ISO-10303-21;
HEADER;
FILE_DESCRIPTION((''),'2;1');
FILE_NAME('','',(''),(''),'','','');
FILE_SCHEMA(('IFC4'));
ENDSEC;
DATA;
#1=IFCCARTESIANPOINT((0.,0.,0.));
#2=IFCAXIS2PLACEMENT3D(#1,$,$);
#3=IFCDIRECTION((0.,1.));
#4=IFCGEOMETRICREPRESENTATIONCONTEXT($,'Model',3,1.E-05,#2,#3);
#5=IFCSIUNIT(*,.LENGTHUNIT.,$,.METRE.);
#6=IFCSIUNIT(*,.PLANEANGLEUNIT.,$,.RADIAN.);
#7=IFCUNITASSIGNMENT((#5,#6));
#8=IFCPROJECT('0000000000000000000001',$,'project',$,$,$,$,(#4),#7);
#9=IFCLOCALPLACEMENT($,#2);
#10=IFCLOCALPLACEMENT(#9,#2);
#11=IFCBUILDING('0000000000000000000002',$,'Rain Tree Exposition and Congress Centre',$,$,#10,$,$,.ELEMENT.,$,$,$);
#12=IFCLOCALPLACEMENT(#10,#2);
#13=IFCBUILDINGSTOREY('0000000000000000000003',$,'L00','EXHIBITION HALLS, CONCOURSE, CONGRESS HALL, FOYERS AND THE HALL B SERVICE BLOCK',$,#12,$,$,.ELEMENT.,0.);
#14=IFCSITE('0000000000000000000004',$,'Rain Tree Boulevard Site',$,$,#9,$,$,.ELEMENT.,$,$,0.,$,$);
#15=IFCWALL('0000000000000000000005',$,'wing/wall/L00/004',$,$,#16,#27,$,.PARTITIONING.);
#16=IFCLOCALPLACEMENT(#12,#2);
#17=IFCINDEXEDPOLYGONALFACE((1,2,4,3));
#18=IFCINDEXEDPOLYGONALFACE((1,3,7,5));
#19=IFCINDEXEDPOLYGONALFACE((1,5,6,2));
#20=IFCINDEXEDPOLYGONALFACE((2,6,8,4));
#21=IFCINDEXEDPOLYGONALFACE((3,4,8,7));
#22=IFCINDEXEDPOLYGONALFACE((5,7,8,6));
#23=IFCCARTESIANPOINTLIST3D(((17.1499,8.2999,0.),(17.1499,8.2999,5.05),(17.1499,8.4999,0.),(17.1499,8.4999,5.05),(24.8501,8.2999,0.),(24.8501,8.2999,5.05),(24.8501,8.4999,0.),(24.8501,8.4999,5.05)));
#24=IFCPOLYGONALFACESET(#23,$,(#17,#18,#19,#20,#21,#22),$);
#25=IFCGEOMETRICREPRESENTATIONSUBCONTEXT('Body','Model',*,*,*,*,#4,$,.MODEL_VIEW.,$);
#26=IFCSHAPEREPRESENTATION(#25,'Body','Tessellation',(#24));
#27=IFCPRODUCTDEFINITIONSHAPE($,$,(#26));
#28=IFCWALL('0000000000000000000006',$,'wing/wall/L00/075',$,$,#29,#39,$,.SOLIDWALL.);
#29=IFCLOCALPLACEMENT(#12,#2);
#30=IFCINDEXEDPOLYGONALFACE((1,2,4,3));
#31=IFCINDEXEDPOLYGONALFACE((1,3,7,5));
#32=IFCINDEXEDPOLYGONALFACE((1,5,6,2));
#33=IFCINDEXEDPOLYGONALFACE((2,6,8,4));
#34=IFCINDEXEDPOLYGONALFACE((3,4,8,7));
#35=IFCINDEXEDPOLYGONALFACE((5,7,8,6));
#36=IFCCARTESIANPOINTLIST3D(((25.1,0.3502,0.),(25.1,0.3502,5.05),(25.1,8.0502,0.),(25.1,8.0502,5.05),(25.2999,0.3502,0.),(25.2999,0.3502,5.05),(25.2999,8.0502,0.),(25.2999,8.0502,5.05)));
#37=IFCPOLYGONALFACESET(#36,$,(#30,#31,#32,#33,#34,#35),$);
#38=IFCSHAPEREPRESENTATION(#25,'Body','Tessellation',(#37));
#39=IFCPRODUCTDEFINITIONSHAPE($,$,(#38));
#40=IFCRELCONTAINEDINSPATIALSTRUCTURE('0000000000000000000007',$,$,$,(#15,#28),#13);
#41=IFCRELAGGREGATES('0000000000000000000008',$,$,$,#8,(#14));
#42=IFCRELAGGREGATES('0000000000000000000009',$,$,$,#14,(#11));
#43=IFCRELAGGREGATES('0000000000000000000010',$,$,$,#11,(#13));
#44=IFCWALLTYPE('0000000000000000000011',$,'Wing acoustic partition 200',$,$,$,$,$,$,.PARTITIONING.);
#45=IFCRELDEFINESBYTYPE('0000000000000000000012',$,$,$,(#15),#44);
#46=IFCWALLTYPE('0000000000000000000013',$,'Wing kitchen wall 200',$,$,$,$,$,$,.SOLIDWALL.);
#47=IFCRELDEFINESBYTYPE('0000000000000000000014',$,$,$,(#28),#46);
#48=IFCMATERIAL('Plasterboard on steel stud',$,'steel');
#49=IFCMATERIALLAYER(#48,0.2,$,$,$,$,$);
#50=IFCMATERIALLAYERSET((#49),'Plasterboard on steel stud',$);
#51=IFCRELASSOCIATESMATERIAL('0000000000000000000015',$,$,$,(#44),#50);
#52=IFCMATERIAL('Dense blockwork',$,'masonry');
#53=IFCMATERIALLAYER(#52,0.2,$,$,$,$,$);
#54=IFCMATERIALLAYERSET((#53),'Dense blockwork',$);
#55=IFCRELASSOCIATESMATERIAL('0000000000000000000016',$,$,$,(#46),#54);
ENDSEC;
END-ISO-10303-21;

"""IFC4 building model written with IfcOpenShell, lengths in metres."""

from ifc_helpers import new_model, si_unit, direction, frame, frame_2d, origin, place, context, subcontext, project, spatial, rectangle, extrude, material, layer, layer_set, type_object, element, save


model = new_model("IFC4")

# Units and contexts
model_context = context("Model", 3, precision=1e-05, world=origin(), true_north=direction((0.0, 1.0)))
body_context = subcontext(model_context, "Body", "Model", "MODEL_VIEW")
ifc_project = project(units=[si_unit("LENGTHUNIT", "METRE"), si_unit("PLANEANGLEUNIT", "RADIAN")], contexts=[model_context])

# Site, building, storey
site_placement = place(None, origin())
site = spatial("IfcSite", under=ifc_project, at=site_placement, Name="Rain Tree Boulevard Site", CompositionType="ELEMENT", RefElevation=0.0)
building_placement = place(site_placement, origin())
building = spatial("IfcBuilding", under=site, at=building_placement, Name="Rain Tree Exposition and Congress Centre", CompositionType="ELEMENT")
storey_placement = place(building_placement, origin())
storey = spatial("IfcBuildingStorey", under=building, at=storey_placement, Name="L00", Description="EXHIBITION HALLS, CONCOURSE, CONGRESS HALL, FOYERS AND THE HALL B SERVICE BLOCK", CompositionType="ELEMENT", Elevation=0.0)

# Wall
ifc_material_1 = material(Name="Plasterboard on steel stud", Category="steel")
ifc_layer_1 = layer(ifc_material_1, 0.2)
ifc_layer_set_1 = layer_set([ifc_layer_1], Name="Plasterboard on steel stud")
wall_type_1 = type_object("IfcWallType", Name="Wing acoustic partition 200", PredefinedType="PARTITIONING", material=ifc_layer_set_1)
wall_1_placement = place(storey_placement, frame((17.1499, 8.3999, 0.0), z_axis=(0.0, 0.0, 1.0), x_axis=(1.0, 0.0, 0.0)))
element("IfcWall", 1, at=wall_1_placement, inside=storey, type_object=wall_type_1, Name="wing/wall/L00/004", PredefinedType="PARTITIONING", context=body_context, shape_type="SweptSolid", body=[
    extrude(rectangle(XDim=7.7002, YDim=0.2, at=frame_2d((3.8501, 0.0))), origin(), (0.0, 0.0, 1.0), 5.05),
])

# Shared definitions
ifc_material_2 = material(Name="Dense blockwork", Category="masonry")
ifc_layer_2 = layer(ifc_material_2, 0.2)
ifc_layer_set_2 = layer_set([ifc_layer_2], Name="Dense blockwork")
wall_type_2 = type_object("IfcWallType", Name="Wing kitchen wall 200", PredefinedType="SOLIDWALL", material=ifc_layer_set_2)

# Wall
wall_2_placement = place(storey_placement, frame((25.2, 0.3501, 0.0), z_axis=(0.0, 0.0, 1.0), x_axis=(0.0, 1.0, 0.0)))
element("IfcWall", 2, at=wall_2_placement, inside=storey, type_object=wall_type_2, Name="wing/wall/L00/075", PredefinedType="SOLIDWALL", context=body_context, shape_type="SweptSolid", body=[
    extrude(rectangle(XDim=7.7, YDim=0.2, at=frame_2d((3.8501, 0.0))), origin(), (0.0, 0.0, 1.0), 5.05),
])

save(model, "model.ifc")
